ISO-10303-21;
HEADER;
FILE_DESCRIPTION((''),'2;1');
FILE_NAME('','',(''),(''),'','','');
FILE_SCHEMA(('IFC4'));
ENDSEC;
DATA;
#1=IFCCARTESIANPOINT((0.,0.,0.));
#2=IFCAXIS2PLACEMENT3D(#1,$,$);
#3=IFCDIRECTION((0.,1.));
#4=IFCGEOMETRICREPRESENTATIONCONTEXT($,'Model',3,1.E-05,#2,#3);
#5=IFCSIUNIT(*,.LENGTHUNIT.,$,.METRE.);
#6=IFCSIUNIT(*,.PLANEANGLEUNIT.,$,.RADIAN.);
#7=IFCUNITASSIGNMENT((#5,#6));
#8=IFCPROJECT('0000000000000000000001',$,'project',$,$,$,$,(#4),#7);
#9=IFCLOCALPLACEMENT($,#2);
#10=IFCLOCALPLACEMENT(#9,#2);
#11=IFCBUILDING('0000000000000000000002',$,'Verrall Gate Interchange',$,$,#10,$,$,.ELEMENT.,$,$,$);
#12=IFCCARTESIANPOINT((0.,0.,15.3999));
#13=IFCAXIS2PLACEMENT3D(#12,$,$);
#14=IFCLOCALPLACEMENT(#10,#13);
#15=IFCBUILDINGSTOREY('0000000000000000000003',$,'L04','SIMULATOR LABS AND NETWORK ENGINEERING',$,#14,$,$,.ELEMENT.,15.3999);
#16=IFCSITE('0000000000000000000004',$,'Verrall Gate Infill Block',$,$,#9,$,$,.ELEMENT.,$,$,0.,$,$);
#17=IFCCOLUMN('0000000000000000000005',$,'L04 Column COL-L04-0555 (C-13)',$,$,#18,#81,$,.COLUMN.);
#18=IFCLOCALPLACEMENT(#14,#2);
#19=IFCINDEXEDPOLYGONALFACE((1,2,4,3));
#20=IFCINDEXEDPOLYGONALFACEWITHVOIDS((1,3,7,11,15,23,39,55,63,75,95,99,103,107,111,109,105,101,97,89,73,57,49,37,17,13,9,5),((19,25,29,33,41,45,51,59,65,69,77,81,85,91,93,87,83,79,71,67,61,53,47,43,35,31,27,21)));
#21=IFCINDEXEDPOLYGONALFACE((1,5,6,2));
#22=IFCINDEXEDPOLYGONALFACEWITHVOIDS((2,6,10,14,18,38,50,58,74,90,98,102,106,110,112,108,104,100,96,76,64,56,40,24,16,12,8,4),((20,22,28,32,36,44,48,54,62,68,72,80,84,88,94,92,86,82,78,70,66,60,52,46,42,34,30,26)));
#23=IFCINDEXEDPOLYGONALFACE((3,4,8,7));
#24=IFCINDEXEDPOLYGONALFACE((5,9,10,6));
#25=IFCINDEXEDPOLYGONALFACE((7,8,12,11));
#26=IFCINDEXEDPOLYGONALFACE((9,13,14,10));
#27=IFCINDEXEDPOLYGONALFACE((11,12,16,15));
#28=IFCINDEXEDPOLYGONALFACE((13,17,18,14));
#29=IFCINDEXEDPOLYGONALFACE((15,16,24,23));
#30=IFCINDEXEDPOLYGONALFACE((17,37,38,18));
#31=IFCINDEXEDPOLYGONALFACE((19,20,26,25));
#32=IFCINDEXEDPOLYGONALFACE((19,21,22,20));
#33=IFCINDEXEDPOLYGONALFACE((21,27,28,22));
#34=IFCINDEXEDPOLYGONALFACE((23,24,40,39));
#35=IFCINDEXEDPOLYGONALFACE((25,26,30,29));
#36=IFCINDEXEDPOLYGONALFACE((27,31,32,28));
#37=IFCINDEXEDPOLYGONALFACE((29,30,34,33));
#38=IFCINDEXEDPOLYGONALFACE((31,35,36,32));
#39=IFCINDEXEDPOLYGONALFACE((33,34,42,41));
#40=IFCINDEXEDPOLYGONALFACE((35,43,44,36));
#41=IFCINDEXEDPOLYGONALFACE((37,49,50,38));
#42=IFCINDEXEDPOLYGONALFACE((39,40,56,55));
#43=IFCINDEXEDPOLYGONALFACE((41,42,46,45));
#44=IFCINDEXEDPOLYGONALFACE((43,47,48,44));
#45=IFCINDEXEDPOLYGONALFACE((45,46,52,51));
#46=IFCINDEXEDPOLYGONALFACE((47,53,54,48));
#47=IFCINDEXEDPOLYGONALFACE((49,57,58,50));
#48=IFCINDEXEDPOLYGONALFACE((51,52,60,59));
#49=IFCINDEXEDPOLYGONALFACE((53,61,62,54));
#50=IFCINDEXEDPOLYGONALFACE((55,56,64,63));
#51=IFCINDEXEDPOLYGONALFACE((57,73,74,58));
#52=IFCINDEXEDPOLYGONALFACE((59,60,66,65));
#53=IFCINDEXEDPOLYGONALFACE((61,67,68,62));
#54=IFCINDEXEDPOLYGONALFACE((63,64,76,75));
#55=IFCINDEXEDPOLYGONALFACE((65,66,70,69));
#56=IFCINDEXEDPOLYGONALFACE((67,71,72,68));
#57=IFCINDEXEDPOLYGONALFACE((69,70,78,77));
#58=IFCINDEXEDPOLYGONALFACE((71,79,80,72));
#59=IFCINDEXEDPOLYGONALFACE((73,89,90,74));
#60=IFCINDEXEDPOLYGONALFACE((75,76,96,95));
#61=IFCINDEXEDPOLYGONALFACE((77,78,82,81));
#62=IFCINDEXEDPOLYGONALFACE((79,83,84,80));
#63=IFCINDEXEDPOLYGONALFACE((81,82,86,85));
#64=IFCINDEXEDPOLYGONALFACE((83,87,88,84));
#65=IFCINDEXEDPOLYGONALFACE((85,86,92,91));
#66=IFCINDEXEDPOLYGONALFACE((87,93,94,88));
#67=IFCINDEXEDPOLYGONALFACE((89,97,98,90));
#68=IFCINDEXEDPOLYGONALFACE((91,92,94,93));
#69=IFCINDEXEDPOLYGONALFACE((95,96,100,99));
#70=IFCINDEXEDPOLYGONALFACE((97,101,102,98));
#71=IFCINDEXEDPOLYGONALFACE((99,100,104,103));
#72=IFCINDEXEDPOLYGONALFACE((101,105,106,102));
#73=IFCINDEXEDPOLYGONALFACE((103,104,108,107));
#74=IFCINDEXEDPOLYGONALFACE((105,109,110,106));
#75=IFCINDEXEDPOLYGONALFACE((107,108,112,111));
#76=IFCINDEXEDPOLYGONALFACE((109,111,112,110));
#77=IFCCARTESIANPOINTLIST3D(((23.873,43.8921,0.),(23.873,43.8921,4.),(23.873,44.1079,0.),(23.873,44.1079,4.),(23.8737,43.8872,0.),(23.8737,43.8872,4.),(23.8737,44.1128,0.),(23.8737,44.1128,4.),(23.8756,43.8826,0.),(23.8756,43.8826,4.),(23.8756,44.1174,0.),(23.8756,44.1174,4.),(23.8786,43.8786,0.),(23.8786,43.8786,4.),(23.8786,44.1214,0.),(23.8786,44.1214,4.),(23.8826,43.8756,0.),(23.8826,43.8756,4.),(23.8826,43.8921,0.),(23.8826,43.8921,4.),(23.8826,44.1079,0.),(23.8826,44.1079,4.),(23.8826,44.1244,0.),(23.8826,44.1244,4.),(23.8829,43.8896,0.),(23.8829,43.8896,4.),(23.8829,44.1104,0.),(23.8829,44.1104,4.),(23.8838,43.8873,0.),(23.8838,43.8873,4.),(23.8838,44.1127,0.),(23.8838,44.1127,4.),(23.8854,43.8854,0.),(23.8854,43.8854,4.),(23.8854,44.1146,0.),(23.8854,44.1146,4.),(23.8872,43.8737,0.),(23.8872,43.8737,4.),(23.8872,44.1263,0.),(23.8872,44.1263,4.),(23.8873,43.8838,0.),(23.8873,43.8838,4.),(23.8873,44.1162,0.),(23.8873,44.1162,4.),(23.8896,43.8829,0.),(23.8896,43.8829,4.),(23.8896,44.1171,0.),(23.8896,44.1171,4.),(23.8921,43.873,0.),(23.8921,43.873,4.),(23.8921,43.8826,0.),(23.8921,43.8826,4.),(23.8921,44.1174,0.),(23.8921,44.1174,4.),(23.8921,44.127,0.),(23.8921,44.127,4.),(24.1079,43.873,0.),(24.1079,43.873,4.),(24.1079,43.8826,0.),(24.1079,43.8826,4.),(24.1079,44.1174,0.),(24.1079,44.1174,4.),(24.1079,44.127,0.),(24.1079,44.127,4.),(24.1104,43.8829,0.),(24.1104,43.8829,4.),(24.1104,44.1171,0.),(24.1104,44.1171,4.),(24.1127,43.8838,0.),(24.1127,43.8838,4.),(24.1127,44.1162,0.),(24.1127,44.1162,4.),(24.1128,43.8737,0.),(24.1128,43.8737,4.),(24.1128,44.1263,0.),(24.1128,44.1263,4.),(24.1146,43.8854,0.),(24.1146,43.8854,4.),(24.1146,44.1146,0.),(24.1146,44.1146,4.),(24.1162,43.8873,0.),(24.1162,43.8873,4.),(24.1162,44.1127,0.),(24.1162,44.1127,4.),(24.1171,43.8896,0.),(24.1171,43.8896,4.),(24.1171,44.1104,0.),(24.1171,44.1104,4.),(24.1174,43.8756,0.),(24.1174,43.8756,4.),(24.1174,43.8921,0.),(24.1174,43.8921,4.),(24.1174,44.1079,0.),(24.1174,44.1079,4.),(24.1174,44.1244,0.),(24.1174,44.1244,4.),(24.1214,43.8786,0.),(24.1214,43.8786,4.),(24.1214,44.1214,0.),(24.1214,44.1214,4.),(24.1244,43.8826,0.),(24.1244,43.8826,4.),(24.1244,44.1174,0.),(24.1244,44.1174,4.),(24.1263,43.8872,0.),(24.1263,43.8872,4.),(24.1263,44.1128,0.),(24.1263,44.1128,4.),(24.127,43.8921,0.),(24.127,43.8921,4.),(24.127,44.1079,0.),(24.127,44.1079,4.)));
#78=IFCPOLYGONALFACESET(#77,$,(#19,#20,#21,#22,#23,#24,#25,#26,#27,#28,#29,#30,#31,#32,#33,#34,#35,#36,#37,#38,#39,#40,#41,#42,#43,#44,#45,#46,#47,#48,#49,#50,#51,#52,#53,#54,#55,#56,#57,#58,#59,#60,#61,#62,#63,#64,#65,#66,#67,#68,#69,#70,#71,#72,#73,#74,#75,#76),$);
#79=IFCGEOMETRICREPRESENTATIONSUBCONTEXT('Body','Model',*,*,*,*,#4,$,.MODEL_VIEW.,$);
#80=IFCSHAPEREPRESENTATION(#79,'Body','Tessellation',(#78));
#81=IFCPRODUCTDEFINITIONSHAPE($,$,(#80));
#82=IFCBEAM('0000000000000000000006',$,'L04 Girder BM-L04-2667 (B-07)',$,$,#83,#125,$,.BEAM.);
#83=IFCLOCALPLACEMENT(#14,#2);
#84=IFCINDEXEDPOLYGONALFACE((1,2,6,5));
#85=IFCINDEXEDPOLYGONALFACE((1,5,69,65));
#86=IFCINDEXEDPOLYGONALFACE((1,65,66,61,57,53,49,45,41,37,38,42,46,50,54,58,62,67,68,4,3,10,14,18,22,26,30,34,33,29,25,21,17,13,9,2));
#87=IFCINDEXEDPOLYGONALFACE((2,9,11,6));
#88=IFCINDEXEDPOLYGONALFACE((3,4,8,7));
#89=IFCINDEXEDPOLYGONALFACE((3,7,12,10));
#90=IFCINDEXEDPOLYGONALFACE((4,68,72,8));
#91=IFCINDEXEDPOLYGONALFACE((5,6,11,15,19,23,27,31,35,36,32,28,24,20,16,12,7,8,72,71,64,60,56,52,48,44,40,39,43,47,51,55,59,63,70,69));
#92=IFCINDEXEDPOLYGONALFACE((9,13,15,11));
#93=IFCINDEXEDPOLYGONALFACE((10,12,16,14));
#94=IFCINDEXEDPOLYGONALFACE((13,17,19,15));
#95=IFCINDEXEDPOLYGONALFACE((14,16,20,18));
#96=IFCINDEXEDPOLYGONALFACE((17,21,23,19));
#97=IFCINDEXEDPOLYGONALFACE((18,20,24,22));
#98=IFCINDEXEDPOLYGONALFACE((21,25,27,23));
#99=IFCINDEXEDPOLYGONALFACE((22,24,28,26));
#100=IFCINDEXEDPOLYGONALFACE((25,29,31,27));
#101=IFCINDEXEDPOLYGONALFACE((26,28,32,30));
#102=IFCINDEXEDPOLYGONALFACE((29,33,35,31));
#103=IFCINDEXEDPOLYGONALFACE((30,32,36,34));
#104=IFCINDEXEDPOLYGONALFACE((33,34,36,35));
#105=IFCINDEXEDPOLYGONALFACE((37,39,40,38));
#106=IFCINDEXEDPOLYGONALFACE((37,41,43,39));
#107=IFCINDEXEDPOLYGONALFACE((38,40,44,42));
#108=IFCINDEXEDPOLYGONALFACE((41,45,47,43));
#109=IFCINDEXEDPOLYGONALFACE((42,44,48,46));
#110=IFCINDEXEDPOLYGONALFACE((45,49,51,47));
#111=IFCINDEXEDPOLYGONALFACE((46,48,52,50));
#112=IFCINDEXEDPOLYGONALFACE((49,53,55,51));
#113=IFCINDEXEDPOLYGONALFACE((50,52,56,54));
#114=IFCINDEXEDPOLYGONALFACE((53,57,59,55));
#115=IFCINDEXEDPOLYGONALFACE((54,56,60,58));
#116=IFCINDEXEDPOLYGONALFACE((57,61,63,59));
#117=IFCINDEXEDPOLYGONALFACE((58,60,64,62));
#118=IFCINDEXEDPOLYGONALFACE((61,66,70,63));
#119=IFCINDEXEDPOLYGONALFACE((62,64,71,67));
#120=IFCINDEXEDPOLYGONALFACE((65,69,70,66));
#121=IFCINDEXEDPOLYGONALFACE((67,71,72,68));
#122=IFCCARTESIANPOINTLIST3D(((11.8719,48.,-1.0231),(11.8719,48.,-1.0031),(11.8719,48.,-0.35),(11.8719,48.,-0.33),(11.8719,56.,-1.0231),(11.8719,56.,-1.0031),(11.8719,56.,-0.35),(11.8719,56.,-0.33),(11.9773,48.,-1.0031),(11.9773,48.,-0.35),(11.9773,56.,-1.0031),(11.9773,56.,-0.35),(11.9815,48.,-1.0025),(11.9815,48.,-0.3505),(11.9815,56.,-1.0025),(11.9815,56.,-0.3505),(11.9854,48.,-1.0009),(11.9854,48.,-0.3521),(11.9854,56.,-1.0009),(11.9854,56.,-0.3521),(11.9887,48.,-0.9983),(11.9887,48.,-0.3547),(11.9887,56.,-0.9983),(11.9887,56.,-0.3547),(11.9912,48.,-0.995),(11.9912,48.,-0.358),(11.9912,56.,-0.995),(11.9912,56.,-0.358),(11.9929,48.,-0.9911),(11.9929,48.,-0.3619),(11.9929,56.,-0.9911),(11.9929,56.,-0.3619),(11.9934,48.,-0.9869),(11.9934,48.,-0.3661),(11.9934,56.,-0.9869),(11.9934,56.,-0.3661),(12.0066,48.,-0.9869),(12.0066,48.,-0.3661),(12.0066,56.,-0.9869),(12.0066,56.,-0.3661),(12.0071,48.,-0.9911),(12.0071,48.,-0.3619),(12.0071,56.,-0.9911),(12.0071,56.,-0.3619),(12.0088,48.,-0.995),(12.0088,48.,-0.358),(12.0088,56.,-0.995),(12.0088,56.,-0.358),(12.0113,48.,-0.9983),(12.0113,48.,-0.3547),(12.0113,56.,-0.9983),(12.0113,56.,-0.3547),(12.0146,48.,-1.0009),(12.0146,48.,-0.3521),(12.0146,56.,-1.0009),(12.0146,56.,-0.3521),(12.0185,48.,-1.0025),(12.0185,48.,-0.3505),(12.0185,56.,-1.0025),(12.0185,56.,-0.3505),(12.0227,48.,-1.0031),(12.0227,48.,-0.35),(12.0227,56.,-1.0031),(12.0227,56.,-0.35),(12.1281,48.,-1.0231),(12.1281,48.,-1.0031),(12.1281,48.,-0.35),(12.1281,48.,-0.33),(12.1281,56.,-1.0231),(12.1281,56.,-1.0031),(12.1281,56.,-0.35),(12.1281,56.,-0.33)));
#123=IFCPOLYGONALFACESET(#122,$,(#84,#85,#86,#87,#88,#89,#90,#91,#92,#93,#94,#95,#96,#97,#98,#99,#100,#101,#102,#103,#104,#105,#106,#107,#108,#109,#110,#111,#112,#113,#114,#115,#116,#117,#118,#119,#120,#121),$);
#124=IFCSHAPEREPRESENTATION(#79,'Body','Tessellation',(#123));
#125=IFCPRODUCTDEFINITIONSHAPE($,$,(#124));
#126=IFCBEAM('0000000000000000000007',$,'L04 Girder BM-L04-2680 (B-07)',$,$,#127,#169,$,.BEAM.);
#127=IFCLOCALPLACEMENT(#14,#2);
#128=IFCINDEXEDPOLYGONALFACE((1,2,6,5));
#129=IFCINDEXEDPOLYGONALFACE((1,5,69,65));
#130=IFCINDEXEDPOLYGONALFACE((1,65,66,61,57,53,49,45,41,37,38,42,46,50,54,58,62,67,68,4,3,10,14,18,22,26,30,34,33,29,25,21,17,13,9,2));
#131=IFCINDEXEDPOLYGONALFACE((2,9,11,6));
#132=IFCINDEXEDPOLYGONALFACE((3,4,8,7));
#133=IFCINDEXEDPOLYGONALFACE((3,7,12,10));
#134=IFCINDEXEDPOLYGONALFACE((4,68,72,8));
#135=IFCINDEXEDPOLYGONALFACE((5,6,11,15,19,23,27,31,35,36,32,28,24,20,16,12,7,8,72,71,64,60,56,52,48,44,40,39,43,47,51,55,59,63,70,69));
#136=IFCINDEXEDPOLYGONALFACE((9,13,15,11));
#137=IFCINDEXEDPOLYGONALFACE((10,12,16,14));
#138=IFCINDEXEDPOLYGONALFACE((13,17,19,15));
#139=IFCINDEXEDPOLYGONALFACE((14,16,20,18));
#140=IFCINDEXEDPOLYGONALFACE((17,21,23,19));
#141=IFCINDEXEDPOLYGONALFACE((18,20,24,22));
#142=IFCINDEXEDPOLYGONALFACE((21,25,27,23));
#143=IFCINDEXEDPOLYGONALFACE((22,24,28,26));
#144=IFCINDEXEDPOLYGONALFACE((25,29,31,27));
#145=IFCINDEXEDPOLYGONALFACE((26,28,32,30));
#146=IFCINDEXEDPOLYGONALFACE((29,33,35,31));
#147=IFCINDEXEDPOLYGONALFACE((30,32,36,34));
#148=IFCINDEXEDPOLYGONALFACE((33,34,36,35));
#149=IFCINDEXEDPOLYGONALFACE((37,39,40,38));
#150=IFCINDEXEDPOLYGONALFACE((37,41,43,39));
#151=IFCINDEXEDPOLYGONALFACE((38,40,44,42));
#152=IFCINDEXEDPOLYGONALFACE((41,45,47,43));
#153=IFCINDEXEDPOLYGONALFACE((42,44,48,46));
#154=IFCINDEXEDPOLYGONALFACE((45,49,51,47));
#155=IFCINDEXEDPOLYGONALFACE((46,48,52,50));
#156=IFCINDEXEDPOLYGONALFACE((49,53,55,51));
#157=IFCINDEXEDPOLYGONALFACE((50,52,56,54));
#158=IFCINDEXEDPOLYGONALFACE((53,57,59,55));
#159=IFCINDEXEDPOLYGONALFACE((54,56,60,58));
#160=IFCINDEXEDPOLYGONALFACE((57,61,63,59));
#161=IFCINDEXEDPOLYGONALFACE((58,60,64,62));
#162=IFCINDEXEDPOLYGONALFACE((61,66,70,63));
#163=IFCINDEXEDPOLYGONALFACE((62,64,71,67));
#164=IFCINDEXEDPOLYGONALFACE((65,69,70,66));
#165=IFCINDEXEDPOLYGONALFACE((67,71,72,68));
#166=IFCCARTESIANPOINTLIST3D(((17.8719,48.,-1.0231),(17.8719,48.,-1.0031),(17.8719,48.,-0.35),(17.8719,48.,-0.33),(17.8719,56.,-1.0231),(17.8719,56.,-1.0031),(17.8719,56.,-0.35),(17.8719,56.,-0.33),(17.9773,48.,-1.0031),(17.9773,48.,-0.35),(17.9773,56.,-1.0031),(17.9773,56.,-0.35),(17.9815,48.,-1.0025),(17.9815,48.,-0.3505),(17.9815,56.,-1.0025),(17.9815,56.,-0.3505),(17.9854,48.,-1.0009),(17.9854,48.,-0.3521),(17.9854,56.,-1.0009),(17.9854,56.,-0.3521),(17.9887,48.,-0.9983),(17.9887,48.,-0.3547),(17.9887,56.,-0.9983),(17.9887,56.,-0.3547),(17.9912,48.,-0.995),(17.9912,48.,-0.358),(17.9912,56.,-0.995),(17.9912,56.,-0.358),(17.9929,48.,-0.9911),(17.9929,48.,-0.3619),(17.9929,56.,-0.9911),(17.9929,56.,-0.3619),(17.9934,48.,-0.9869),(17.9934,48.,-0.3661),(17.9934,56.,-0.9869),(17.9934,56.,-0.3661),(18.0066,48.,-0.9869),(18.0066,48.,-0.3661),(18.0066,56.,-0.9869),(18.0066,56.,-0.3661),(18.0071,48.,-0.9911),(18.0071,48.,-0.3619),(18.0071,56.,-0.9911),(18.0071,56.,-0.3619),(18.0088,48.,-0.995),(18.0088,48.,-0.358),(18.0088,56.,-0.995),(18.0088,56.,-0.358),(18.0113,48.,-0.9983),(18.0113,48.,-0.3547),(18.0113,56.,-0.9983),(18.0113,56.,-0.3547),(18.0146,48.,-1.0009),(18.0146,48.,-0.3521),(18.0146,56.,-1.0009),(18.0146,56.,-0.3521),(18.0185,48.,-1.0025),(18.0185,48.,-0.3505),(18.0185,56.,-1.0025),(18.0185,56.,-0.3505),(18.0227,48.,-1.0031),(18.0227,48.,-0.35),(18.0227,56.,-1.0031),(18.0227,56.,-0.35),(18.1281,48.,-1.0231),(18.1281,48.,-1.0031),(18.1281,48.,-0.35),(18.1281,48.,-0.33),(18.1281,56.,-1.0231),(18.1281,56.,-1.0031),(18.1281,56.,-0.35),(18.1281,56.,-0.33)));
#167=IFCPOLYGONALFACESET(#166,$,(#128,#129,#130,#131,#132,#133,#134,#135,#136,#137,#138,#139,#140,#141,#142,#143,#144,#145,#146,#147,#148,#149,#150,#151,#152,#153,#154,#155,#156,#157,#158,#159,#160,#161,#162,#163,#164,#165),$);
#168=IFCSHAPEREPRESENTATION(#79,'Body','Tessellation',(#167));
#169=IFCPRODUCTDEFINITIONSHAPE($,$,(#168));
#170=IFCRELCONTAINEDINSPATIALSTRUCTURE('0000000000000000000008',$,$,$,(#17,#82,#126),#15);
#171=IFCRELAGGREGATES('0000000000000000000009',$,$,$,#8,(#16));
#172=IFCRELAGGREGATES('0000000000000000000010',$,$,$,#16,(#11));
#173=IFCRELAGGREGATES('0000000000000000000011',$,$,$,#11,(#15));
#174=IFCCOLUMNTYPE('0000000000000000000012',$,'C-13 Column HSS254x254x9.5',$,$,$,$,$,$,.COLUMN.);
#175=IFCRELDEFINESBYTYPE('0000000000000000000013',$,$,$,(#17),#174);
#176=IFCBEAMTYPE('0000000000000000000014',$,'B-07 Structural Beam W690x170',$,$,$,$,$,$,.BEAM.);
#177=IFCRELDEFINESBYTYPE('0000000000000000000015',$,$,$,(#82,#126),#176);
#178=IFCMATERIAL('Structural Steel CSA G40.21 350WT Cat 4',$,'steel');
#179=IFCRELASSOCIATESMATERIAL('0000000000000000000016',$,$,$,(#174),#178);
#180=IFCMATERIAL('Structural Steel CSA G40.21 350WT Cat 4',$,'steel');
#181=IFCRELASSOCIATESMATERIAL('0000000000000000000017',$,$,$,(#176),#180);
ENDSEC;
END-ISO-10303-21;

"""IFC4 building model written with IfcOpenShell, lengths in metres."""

from ifc_helpers import new_model, si_unit, direction, frame, origin, origin_2d, place, context, subcontext, project, spatial, hollow_rectangle, i_section, extrude, material, material_profile, profile_set, type_object, element, save


model = new_model("IFC4")

# Units and contexts
model_context = context("Model", 3, precision=1e-05, world=origin(), true_north=direction((0.0, 1.0)))
body_context = subcontext(model_context, "Body", "Model", "MODEL_VIEW")
ifc_project = project(units=[si_unit("LENGTHUNIT", "METRE"), si_unit("PLANEANGLEUNIT", "RADIAN")], contexts=[model_context])

# Site, building, storey
site_placement = place(None, origin())
site = spatial("IfcSite", under=ifc_project, at=site_placement, Name="Verrall Gate Infill Block", CompositionType="ELEMENT", RefElevation=0.0)
building_placement = place(site_placement, origin())
building = spatial("IfcBuilding", under=site, at=building_placement, Name="Verrall Gate Interchange", CompositionType="ELEMENT")
storey_placement = place(building_placement, frame((0.0, 0.0, 15.3999)))
storey = spatial("IfcBuildingStorey", under=building, at=storey_placement, Name="L04", Description="SIMULATOR LABS AND NETWORK ENGINEERING", CompositionType="ELEMENT", Elevation=15.3999)

# Column
ifc_material_1 = material(Name="Structural Steel CSA G40.21 350WT Cat 4", Category="steel")
ifc_material_profile_1 = material_profile(ifc_material_1, hollow_rectangle(XDim=0.2539, YDim=0.2539, WallThickness=0.0095, InnerFilletRadius=0.0095, OuterFilletRadius=0.019, at=origin_2d()), Name="HSS254x254x9.5")
ifc_profile_set_1 = profile_set([ifc_material_profile_1], Name="Structural Steel CSA G40.21 350WT Cat 4")
column_type_1 = type_object("IfcColumnType", Name="C-13 Column HSS254x254x9.5", PredefinedType="COLUMN", material=ifc_profile_set_1)
for number, where, z_axis, x_axis, name in (
    (1, (24.0, 44.0, 0.0), (0.0, 0.0, 1.0), (1.0, 0.0, 0.0), "L04 Column COL-L04-0555 (C-13)"),
):
    element("IfcColumn", number, at=place(storey_placement, frame(where, z_axis=z_axis, x_axis=x_axis)), inside=storey, type_object=column_type_1, Name=name, PredefinedType="COLUMN", context=body_context, shape_type="SweptSolid", body=[
        extrude(hollow_rectangle(XDim=0.2539, YDim=0.2539, WallThickness=0.0095, InnerFilletRadius=0.0095, OuterFilletRadius=0.019, at=origin_2d()), origin(), (0.0, 0.0, 1.0), 4.0),
    ])

# Beams
ifc_material_2 = material(Name="Structural Steel CSA G40.21 350WT Cat 4", Category="steel")
ifc_material_profile_2 = material_profile(ifc_material_2, i_section(OverallWidth=0.2561, OverallDepth=0.6931, WebThickness=0.0132, FlangeThickness=0.02, FilletRadius=0.0161, at=origin_2d()), Name="W690x170")
ifc_profile_set_2 = profile_set([ifc_material_profile_2], Name="Structural Steel CSA G40.21 350WT Cat 4")
beam_type_1 = type_object("IfcBeamType", Name="B-07 Structural Beam W690x170", PredefinedType="BEAM", material=ifc_profile_set_2)
for number, where, z_axis, x_axis, name in (
    (2, (12.0, 48.0, -0.6765), (0.0, 1.0, 0.0), (-1.0, 0.0, 0.0), "L04 Girder BM-L04-2667 (B-07)"),
    (3, (18.0, 48.0, -0.6765), (0.0, 1.0, 0.0), (-1.0, 0.0, 0.0), "L04 Girder BM-L04-2680 (B-07)"),
):
    element("IfcBeam", number, at=place(storey_placement, frame(where, z_axis=z_axis, x_axis=x_axis)), inside=storey, type_object=beam_type_1, Name=name, PredefinedType="BEAM", context=body_context, shape_type="SweptSolid", body=[
        extrude(i_section(OverallWidth=0.2561, OverallDepth=0.6931, WebThickness=0.0132, FlangeThickness=0.02, FilletRadius=0.0161, at=origin_2d()), origin(), (0.0, 0.0, 1.0), 8.0),
    ])

save(model, "model.ifc")
